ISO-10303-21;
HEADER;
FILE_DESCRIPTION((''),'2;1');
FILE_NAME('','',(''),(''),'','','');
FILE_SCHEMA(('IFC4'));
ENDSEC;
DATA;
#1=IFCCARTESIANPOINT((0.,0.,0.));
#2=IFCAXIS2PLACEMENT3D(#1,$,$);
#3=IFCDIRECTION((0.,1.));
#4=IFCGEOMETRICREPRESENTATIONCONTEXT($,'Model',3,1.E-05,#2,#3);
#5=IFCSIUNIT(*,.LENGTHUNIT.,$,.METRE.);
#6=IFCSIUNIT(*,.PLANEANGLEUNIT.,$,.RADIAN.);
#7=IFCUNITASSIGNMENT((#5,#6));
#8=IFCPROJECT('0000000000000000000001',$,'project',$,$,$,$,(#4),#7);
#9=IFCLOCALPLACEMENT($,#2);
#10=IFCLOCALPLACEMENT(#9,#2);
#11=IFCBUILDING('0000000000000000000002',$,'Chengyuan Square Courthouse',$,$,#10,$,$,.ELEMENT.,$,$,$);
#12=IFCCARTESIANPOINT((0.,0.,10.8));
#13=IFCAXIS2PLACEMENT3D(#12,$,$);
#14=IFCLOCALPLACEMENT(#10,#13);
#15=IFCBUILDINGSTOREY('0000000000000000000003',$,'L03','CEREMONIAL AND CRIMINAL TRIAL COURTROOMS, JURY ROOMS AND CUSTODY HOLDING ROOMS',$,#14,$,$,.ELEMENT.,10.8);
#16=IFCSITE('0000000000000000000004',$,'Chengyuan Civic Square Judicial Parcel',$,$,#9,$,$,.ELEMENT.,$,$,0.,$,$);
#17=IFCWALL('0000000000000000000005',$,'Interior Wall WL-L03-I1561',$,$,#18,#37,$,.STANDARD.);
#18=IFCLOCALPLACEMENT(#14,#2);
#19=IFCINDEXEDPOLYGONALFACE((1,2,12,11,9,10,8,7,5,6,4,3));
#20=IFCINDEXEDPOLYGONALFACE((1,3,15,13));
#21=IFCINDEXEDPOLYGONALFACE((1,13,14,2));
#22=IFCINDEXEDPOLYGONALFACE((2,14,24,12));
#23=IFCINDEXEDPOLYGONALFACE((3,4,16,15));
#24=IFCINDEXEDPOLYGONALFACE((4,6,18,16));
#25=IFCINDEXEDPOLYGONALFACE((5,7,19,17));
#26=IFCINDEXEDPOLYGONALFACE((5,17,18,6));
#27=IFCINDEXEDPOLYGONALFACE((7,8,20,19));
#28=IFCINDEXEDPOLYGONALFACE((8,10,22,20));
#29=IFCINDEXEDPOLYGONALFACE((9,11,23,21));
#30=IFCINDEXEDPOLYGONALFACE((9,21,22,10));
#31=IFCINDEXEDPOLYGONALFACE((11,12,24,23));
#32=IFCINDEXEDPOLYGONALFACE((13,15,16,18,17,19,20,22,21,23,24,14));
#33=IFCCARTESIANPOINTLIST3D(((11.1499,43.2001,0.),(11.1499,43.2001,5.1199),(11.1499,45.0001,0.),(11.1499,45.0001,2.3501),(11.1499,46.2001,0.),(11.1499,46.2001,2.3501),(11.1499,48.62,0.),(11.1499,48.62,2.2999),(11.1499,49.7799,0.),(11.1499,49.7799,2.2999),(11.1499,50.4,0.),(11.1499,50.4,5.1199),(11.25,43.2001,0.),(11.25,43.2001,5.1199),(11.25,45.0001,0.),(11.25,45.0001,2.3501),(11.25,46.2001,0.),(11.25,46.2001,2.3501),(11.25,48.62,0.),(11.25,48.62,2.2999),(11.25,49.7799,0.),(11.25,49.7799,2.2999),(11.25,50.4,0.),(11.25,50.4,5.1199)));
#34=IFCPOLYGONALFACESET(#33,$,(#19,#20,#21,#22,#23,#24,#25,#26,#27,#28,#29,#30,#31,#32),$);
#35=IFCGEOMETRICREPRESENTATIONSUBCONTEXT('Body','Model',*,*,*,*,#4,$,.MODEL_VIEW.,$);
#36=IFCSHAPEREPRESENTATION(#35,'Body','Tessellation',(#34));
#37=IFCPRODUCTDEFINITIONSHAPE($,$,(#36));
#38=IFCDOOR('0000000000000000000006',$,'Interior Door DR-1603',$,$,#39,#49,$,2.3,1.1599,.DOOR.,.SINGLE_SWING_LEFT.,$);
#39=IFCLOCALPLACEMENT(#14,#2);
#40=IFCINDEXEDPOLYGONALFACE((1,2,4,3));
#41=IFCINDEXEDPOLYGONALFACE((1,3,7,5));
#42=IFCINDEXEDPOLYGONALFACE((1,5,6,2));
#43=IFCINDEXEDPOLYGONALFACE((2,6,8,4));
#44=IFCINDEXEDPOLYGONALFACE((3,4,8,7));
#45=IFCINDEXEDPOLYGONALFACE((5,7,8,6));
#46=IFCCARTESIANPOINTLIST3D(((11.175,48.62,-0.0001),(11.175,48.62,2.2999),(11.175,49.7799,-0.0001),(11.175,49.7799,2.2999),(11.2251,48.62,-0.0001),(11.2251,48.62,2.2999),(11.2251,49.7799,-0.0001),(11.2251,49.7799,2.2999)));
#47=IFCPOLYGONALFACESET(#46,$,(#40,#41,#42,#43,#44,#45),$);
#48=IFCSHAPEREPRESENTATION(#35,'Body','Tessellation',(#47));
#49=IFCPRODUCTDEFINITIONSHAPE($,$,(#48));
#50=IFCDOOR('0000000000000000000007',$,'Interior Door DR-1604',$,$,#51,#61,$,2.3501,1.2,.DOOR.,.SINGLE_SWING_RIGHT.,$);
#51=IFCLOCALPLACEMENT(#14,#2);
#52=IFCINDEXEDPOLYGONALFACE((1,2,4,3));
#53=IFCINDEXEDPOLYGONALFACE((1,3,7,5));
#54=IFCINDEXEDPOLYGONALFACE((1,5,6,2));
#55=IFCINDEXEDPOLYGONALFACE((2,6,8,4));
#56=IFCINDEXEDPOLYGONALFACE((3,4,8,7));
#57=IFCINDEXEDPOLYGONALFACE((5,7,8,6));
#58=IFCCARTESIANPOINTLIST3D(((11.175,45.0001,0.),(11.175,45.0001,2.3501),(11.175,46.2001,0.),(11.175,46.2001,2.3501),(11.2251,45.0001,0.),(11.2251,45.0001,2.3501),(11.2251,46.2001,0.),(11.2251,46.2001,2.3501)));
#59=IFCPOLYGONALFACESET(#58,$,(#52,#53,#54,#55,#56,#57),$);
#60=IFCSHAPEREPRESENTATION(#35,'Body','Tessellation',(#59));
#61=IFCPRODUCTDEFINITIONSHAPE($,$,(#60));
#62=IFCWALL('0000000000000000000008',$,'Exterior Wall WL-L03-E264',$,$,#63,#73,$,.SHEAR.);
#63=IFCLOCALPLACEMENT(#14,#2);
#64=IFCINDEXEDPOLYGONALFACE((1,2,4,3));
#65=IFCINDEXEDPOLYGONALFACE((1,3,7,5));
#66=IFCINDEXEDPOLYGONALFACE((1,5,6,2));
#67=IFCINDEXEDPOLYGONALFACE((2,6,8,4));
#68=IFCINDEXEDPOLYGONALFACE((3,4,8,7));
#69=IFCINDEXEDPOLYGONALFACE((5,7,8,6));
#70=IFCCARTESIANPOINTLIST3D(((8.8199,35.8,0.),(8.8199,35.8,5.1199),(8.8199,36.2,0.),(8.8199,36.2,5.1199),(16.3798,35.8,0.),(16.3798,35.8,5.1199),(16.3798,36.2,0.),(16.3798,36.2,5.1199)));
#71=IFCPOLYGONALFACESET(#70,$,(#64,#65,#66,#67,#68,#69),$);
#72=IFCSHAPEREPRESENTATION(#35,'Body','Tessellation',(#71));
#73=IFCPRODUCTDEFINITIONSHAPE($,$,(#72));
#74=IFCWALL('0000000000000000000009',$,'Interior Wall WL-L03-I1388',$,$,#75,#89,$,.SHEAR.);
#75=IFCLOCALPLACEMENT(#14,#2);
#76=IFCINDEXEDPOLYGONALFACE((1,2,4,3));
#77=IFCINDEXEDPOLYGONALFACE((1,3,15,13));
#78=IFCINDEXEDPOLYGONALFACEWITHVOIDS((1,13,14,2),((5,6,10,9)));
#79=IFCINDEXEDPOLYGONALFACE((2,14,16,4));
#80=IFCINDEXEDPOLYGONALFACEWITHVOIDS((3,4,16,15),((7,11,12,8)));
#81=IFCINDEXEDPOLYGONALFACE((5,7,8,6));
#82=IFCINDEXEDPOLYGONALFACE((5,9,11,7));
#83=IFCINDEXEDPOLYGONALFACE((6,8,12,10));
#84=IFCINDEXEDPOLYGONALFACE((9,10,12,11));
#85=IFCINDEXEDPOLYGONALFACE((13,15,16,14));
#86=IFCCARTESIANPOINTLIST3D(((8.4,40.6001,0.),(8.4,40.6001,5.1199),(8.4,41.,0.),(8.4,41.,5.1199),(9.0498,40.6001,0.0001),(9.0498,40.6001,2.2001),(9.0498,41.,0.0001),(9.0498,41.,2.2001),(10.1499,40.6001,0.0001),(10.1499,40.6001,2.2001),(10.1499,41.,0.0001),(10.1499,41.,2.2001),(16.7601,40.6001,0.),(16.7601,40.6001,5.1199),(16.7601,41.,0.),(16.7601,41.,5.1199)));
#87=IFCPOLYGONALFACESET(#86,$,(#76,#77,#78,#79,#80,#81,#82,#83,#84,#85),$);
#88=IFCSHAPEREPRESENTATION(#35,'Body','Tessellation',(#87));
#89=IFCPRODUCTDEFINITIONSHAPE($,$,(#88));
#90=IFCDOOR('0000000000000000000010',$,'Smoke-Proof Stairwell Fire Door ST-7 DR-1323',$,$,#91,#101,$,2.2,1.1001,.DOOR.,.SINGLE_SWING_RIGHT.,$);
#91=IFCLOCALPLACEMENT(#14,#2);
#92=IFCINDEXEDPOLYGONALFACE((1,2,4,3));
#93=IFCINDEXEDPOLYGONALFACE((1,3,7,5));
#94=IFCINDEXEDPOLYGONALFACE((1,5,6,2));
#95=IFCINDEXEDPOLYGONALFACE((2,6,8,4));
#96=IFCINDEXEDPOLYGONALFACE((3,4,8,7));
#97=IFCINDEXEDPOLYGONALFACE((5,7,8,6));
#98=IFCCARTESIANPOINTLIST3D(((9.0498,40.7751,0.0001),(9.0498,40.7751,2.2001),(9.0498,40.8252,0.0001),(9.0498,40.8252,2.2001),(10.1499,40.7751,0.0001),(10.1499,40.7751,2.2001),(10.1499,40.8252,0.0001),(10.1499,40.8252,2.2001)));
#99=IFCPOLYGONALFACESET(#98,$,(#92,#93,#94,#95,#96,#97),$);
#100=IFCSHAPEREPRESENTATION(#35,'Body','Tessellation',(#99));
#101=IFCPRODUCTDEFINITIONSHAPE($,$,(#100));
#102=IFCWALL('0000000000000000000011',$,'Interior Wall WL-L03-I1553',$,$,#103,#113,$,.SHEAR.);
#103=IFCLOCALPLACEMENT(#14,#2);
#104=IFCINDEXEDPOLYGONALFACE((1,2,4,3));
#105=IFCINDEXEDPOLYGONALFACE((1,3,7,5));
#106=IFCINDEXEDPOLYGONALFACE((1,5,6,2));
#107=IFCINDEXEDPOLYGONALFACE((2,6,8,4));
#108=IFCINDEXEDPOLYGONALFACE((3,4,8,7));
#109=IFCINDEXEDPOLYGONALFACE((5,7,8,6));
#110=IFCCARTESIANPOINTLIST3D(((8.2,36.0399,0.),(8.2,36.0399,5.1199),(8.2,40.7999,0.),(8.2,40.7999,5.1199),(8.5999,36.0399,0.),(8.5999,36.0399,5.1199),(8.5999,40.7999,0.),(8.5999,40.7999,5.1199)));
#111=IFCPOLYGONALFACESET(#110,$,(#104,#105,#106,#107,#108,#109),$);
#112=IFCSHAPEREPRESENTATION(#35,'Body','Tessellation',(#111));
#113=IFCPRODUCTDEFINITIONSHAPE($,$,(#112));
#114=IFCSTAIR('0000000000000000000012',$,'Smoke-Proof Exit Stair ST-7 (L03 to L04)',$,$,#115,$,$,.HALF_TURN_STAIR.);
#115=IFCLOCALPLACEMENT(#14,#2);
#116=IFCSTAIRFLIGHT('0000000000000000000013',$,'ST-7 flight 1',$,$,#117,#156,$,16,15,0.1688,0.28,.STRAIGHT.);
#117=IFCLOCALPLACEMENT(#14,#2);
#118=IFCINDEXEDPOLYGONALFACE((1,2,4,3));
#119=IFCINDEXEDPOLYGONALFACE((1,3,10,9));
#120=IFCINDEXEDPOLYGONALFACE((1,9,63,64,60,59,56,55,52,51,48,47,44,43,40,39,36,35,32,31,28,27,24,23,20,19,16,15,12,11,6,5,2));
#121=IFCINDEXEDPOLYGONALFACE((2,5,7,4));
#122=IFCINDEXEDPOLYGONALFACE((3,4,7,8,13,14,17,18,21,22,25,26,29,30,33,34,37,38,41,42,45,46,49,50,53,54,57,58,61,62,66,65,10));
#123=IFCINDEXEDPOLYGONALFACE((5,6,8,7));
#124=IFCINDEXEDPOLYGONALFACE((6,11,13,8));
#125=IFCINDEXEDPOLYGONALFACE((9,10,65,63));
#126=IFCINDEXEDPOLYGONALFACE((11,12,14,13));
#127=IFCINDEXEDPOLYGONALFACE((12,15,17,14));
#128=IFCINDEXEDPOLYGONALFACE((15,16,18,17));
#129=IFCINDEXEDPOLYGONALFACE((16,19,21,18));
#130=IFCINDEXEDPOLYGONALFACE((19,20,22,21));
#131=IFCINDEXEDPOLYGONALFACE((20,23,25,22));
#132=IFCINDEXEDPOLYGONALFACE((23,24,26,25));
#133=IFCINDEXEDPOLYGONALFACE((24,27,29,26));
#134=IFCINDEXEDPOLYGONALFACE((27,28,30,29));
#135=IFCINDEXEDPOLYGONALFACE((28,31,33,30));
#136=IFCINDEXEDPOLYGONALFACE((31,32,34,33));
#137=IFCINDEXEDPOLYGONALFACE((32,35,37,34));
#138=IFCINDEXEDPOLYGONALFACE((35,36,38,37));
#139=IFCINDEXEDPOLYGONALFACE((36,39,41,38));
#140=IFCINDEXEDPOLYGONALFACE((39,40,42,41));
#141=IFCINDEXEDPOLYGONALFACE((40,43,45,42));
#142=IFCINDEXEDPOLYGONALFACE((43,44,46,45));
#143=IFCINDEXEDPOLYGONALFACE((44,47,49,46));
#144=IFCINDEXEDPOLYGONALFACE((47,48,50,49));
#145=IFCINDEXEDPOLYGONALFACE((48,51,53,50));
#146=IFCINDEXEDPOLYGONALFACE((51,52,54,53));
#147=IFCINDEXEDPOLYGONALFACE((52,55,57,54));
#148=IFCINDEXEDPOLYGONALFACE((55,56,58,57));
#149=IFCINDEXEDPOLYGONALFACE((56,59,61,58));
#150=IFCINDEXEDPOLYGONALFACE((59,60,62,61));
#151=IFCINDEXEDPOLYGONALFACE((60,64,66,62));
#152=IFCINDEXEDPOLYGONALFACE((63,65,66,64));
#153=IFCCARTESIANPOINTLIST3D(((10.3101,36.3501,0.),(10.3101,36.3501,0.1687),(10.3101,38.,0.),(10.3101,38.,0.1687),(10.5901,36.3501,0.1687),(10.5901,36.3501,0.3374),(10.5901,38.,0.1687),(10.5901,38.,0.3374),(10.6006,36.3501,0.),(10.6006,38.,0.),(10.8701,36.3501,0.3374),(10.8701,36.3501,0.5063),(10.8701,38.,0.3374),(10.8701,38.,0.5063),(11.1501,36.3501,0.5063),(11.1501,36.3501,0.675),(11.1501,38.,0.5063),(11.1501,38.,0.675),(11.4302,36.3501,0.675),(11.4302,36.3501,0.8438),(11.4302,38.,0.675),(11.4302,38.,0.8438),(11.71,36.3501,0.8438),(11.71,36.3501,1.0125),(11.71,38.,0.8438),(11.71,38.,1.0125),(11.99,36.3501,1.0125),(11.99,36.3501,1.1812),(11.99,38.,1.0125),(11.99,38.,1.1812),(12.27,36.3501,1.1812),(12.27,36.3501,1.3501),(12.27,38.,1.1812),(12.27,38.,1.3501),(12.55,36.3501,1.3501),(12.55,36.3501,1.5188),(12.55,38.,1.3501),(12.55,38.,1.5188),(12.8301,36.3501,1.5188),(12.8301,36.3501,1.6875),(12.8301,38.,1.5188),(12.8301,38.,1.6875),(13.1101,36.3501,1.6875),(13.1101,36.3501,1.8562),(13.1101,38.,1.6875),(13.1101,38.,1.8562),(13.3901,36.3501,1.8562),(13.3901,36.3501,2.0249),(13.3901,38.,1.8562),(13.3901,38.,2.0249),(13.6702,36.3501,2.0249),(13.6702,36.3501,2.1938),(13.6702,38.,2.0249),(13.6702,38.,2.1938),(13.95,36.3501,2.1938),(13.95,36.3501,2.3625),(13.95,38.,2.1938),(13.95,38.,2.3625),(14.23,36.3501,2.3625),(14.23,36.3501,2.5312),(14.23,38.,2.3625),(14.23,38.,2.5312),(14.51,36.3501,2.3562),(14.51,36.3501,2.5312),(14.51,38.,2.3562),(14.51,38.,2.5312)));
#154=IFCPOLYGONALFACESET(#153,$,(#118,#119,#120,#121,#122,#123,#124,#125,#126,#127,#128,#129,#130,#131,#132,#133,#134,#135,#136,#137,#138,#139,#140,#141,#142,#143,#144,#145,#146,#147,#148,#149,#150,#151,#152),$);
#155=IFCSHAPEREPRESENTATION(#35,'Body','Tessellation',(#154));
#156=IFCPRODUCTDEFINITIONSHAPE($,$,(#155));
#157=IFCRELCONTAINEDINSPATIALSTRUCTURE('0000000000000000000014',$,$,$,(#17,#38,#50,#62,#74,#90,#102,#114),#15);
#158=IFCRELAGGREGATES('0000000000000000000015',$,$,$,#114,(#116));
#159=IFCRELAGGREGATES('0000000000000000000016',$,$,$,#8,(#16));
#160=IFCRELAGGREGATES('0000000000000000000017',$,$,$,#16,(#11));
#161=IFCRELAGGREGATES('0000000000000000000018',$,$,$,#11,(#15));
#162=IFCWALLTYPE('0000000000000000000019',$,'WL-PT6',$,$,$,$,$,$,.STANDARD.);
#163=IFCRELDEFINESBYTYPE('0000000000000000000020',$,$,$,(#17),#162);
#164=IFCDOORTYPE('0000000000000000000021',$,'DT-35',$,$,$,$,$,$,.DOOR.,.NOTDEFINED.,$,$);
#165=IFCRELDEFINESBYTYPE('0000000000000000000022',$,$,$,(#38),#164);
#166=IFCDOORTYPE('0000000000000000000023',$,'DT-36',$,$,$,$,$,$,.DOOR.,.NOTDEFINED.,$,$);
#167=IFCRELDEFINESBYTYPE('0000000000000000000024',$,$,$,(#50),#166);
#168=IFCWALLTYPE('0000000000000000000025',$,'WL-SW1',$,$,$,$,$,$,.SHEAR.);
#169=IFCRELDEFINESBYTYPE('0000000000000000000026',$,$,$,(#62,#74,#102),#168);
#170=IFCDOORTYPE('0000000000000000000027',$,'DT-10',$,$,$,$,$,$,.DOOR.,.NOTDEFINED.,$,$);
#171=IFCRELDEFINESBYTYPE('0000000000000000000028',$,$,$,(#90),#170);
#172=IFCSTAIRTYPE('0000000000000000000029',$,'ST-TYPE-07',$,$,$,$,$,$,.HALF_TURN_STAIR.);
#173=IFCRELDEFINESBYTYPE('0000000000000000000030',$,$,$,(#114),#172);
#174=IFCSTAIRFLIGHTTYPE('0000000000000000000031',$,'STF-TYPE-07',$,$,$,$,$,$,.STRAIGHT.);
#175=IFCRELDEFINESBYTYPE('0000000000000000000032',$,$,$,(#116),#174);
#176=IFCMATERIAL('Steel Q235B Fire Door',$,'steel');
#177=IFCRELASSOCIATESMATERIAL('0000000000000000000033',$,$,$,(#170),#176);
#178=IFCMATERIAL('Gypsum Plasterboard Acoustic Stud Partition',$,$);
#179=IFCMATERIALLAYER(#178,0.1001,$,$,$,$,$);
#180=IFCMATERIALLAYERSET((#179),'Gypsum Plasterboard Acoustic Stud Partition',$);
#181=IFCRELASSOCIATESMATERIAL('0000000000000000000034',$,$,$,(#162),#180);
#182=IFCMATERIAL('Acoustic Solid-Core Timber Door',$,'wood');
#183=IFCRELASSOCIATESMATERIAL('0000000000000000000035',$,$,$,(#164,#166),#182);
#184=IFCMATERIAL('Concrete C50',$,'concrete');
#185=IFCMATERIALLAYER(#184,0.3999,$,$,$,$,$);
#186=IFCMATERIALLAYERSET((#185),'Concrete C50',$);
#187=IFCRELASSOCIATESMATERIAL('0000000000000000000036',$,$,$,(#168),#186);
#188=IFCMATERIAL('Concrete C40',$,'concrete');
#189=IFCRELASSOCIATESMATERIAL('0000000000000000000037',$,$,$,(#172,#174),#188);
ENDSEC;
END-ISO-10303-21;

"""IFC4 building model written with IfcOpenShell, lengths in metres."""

from ifc_helpers import new_model, si_unit, direction, frame, frame_2d, origin, place, context, subcontext, project, spatial, polyline, rectangle, outline, extrude, material, layer, layer_set, type_object, element, fill, aggregate, save


model = new_model("IFC4")

# Units and contexts
model_context = context("Model", 3, precision=1e-05, world=origin(), true_north=direction((0.0, 1.0)))
body_context = subcontext(model_context, "Body", "Model", "MODEL_VIEW")
ifc_project = project(units=[si_unit("LENGTHUNIT", "METRE"), si_unit("PLANEANGLEUNIT", "RADIAN")], contexts=[model_context])

# Site, building, storey
site_placement = place(None, origin())
site = spatial("IfcSite", under=ifc_project, at=site_placement, Name="Chengyuan Civic Square Judicial Parcel", CompositionType="ELEMENT", RefElevation=0.0)
building_placement = place(site_placement, origin())
building = spatial("IfcBuilding", under=site, at=building_placement, Name="Chengyuan Square Courthouse", CompositionType="ELEMENT")
storey_placement = place(building_placement, frame((0.0, 0.0, 10.8)))
storey = spatial("IfcBuildingStorey", under=building, at=storey_placement, Name="L03", Description="CEREMONIAL AND CRIMINAL TRIAL COURTROOMS, JURY ROOMS AND CUSTODY HOLDING ROOMS", CompositionType="ELEMENT", Elevation=10.8)

# Shared definitions
ifc_material_1 = material(Name="Concrete C50", Category="concrete")

# Shared definitions
ifc_material_2 = material(Name="Concrete C40", Category="concrete")

# Shared definitions
ifc_material_3 = material(Name="Steel Q235B Fire Door", Category="steel")

# Shared definitions
door_type_1 = type_object("IfcDoorType", Name="DT-10", OperationType="NOTDEFINED", PredefinedType="DOOR", material=ifc_material_3)
ifc_material_4 = material(Name="Gypsum Plasterboard Acoustic Stud Partition")
ifc_layer_1 = layer(ifc_material_4, 0.1001)
ifc_layer_set_1 = layer_set([ifc_layer_1], Name="Gypsum Plasterboard Acoustic Stud Partition")
wall_type_1 = type_object("IfcWallType", Name="WL-PT6", PredefinedType="STANDARD", material=ifc_layer_set_1)
ifc_material_5 = material(Name="Acoustic Solid-Core Timber Door", Category="wood")

# Wall, openings, doors
wall_1_placement = place(storey_placement, frame((11.2, 43.2, 0.0), z_axis=(0.0, 0.0, 1.0), x_axis=(0.0, 1.0, 0.0)))
wall_1 = element("IfcWall", 1, at=wall_1_placement, inside=storey, type_object=wall_type_1, Name="Interior Wall WL-L03-I1561", PredefinedType="STANDARD", context=body_context, shape_type="SweptSolid", body=[
    extrude(rectangle(XDim=7.2, YDim=0.1001, at=frame_2d((3.6001, 0.0))), origin(), (0.0, 0.0, 1.0), 5.1199),
])
opening_1_placement = place(wall_1_placement, frame((5.4199, 0.0, 0.0)))
opening_1 = element("IfcOpeningElement", 2, at=opening_1_placement, cuts=wall_1, PredefinedType="OPENING", context=body_context, shape_type="SweptSolid", body=[
    extrude(rectangle(XDim=1.1599, YDim=2.3, at=frame_2d((0.5801, 1.1499))), frame((0.0, 0.062, 0.0), z_axis=(0.0, -1.0, 0.0), x_axis=(1.0, 0.0, 0.0)), (0.0, 0.0, 1.0), 0.124),
])
opening_2_placement = place(wall_1_placement, frame((1.8, 0.0, 0.0)))
opening_2 = element("IfcOpeningElement", 3, at=opening_2_placement, cuts=wall_1, PredefinedType="OPENING", context=body_context, shape_type="SweptSolid", body=[
    extrude(rectangle(XDim=1.2, YDim=2.3501, at=frame_2d((0.6001, 1.175))), frame((0.0, 0.062, 0.0), z_axis=(0.0, -1.0, 0.0), x_axis=(1.0, 0.0, 0.0)), (0.0, 0.0, 1.0), 0.124),
])
door_type_2 = type_object("IfcDoorType", Name="DT-35", OperationType="NOTDEFINED", PredefinedType="DOOR", material=ifc_material_5)
door_1_placement = place(opening_1_placement, origin())
door_1 = element("IfcDoor", 4, at=door_1_placement, inside=storey, type_object=door_type_2, Name="Interior Door DR-1603", OperationType="SINGLE_SWING_LEFT", OverallHeight=2.3, OverallWidth=1.1599, PredefinedType="DOOR", context=body_context, shape_type="SweptSolid", body=[
    extrude(rectangle(XDim=1.1599, YDim=2.3, at=frame_2d((0.5801, 1.1499))), frame((0.0, 0.0249, 0.0), z_axis=(0.0, -1.0, 0.0), x_axis=(1.0, 0.0, 0.0)), (0.0, 0.0, 1.0), 0.05),
])
fill(opening_1, door_1)
door_type_3 = type_object("IfcDoorType", Name="DT-36", OperationType="NOTDEFINED", PredefinedType="DOOR", material=ifc_material_5)
door_2_placement = place(opening_2_placement, origin())
door_2 = element("IfcDoor", 5, at=door_2_placement, inside=storey, type_object=door_type_3, Name="Interior Door DR-1604", OperationType="SINGLE_SWING_RIGHT", OverallHeight=2.3501, OverallWidth=1.2, PredefinedType="DOOR", context=body_context, shape_type="SweptSolid", body=[
    extrude(rectangle(XDim=1.2, YDim=2.3501, at=frame_2d((0.6001, 1.175))), frame((0.0, 0.0249, 0.0), z_axis=(0.0, -1.0, 0.0), x_axis=(1.0, 0.0, 0.0)), (0.0, 0.0, 1.0), 0.05),
])
fill(opening_2, door_2)

# Wall
ifc_layer_2 = layer(ifc_material_1, 0.3999)
ifc_layer_set_2 = layer_set([ifc_layer_2], Name="Concrete C50")
wall_type_2 = type_object("IfcWallType", Name="WL-SW1", PredefinedType="SHEAR", material=ifc_layer_set_2)
wall_2_placement = place(storey_placement, frame((8.8201, 36.0, 0.0), z_axis=(0.0, 0.0, 1.0), x_axis=(1.0, 0.0, 0.0)))
element("IfcWall", 6, at=wall_2_placement, inside=storey, type_object=wall_type_2, Name="Exterior Wall WL-L03-E264", PredefinedType="SHEAR", context=body_context, shape_type="SweptSolid", body=[
    extrude(rectangle(XDim=7.5598, YDim=0.3999, at=frame_2d((3.7798, 0.0))), origin(), (0.0, 0.0, 1.0), 5.1199),
])

# Wall, opening, door
wall_3_placement = place(storey_placement, frame((8.3999, 40.8, 0.0), z_axis=(0.0, 0.0, 1.0), x_axis=(1.0, 0.0, 0.0)))
wall_3 = element("IfcWall", 7, at=wall_3_placement, inside=storey, type_object=wall_type_2, Name="Interior Wall WL-L03-I1388", PredefinedType="SHEAR", context=body_context, shape_type="SweptSolid", body=[
    extrude(rectangle(XDim=8.3601, YDim=0.3999, at=frame_2d((4.1802, 0.0))), origin(), (0.0, 0.0, 1.0), 5.1199),
])
opening_3_placement = place(wall_3_placement, frame((0.6499, 0.0, 0.0)))
opening_3 = element("IfcOpeningElement", 8, at=opening_3_placement, cuts=wall_3, PredefinedType="OPENING", context=body_context, shape_type="SweptSolid", body=[
    extrude(rectangle(XDim=1.1001, YDim=2.2, at=frame_2d((0.55, 1.1001))), frame((0.0, 0.2119, 0.0), z_axis=(0.0, -1.0, 0.0), x_axis=(1.0, 0.0, 0.0)), (0.0, 0.0, 1.0), 0.4238),
])
door_3_placement = place(opening_3_placement, frame((1.1001, 0.0, 0.0), z_axis=(0.0, 0.0, 1.0), x_axis=(-1.0, 0.0, 0.0)))
door_3 = element("IfcDoor", 9, at=door_3_placement, inside=storey, type_object=door_type_1, Name="Smoke-Proof Stairwell Fire Door ST-7 DR-1323", OperationType="SINGLE_SWING_RIGHT", OverallHeight=2.2, OverallWidth=1.1001, PredefinedType="DOOR", context=body_context, shape_type="SweptSolid", body=[
    extrude(rectangle(XDim=1.1001, YDim=2.2, at=frame_2d((0.55, 1.1001))), frame((0.0, 0.0249, 0.0), z_axis=(0.0, -1.0, 0.0), x_axis=(1.0, 0.0, 0.0)), (0.0, 0.0, 1.0), 0.05),
])
fill(opening_3, door_3)

# Wall
wall_4_placement = place(storey_placement, frame((8.3999, 36.04, 0.0), z_axis=(0.0, 0.0, 1.0), x_axis=(0.0, 1.0, 0.0)))
element("IfcWall", 10, at=wall_4_placement, inside=storey, type_object=wall_type_2, Name="Interior Wall WL-L03-I1553", PredefinedType="SHEAR", context=body_context, shape_type="SweptSolid", body=[
    extrude(rectangle(XDim=4.76, YDim=0.3999, at=frame_2d((2.3799, 0.0))), origin(), (0.0, 0.0, 1.0), 5.1199),
])

# Stair, stair flight
stair_type = type_object("IfcStairType", Name="ST-TYPE-07", PredefinedType="HALF_TURN_STAIR", material=ifc_material_2)
stair_placement = place(storey_placement, origin())
stair = element("IfcStair", 11, at=stair_placement, inside=storey, type_object=stair_type, Name="Smoke-Proof Exit Stair ST-7 (L03 to L04)", PredefinedType="HALF_TURN_STAIR")
stair_flight_type = type_object("IfcStairFlightType", Name="STF-TYPE-07", PredefinedType="STRAIGHT", material=ifc_material_2)
stair_flight_placement = place(storey_placement, frame((10.3101, 37.175, 0.0), z_axis=(0.0, 0.0, 1.0), x_axis=(1.0, 0.0, 0.0)))
stair_flight = element("IfcStairFlight", 12, at=stair_flight_placement, type_object=stair_flight_type, Name="ST-7 flight 1", NumberOfRisers=16, NumberOfTreads=15, PredefinedType="STRAIGHT", RiserHeight=0.1688, TreadLength=0.28, context=body_context, shape_type="SweptSolid", body=[
    extrude(outline(polyline([(0.0, 0.0), (0.0, 0.1687), (0.28, 0.1687), (0.28, 0.3374), (0.5601, 0.3374), (0.5601, 0.5063), (0.8401, 0.5063), (0.8401, 0.675), (1.1201, 0.675), (1.1201, 0.8438), (1.3999, 0.8438), (1.3999, 1.0125), (1.6799, 1.0125), (1.6799, 1.1812), (1.96, 1.1812), (1.96, 1.3501), (2.24, 1.3501), (2.24, 1.5188), (2.52, 1.5188), (2.52, 1.6875), (2.8, 1.6875), (2.8, 1.8562), (3.0801, 1.8562), (3.0801, 2.0249), (3.3601, 2.0249), (3.3601, 2.1938), (3.6399, 2.1938), (3.6399, 2.3625), (3.9199, 2.3625), (3.9199, 2.5312), (4.2, 2.5312), (4.2, 2.7), (4.2, 2.3562), (0.2905, 0.0), (0.0, 0.0)])), frame((0.0, 0.825, 0.0), z_axis=(0.0, -1.0, 0.0), x_axis=(1.0, 0.0, 0.0)), (0.0, 0.0, 1.0), 1.6499),
])
aggregate(stair, [stair_flight])

save(model, "model.ifc")
